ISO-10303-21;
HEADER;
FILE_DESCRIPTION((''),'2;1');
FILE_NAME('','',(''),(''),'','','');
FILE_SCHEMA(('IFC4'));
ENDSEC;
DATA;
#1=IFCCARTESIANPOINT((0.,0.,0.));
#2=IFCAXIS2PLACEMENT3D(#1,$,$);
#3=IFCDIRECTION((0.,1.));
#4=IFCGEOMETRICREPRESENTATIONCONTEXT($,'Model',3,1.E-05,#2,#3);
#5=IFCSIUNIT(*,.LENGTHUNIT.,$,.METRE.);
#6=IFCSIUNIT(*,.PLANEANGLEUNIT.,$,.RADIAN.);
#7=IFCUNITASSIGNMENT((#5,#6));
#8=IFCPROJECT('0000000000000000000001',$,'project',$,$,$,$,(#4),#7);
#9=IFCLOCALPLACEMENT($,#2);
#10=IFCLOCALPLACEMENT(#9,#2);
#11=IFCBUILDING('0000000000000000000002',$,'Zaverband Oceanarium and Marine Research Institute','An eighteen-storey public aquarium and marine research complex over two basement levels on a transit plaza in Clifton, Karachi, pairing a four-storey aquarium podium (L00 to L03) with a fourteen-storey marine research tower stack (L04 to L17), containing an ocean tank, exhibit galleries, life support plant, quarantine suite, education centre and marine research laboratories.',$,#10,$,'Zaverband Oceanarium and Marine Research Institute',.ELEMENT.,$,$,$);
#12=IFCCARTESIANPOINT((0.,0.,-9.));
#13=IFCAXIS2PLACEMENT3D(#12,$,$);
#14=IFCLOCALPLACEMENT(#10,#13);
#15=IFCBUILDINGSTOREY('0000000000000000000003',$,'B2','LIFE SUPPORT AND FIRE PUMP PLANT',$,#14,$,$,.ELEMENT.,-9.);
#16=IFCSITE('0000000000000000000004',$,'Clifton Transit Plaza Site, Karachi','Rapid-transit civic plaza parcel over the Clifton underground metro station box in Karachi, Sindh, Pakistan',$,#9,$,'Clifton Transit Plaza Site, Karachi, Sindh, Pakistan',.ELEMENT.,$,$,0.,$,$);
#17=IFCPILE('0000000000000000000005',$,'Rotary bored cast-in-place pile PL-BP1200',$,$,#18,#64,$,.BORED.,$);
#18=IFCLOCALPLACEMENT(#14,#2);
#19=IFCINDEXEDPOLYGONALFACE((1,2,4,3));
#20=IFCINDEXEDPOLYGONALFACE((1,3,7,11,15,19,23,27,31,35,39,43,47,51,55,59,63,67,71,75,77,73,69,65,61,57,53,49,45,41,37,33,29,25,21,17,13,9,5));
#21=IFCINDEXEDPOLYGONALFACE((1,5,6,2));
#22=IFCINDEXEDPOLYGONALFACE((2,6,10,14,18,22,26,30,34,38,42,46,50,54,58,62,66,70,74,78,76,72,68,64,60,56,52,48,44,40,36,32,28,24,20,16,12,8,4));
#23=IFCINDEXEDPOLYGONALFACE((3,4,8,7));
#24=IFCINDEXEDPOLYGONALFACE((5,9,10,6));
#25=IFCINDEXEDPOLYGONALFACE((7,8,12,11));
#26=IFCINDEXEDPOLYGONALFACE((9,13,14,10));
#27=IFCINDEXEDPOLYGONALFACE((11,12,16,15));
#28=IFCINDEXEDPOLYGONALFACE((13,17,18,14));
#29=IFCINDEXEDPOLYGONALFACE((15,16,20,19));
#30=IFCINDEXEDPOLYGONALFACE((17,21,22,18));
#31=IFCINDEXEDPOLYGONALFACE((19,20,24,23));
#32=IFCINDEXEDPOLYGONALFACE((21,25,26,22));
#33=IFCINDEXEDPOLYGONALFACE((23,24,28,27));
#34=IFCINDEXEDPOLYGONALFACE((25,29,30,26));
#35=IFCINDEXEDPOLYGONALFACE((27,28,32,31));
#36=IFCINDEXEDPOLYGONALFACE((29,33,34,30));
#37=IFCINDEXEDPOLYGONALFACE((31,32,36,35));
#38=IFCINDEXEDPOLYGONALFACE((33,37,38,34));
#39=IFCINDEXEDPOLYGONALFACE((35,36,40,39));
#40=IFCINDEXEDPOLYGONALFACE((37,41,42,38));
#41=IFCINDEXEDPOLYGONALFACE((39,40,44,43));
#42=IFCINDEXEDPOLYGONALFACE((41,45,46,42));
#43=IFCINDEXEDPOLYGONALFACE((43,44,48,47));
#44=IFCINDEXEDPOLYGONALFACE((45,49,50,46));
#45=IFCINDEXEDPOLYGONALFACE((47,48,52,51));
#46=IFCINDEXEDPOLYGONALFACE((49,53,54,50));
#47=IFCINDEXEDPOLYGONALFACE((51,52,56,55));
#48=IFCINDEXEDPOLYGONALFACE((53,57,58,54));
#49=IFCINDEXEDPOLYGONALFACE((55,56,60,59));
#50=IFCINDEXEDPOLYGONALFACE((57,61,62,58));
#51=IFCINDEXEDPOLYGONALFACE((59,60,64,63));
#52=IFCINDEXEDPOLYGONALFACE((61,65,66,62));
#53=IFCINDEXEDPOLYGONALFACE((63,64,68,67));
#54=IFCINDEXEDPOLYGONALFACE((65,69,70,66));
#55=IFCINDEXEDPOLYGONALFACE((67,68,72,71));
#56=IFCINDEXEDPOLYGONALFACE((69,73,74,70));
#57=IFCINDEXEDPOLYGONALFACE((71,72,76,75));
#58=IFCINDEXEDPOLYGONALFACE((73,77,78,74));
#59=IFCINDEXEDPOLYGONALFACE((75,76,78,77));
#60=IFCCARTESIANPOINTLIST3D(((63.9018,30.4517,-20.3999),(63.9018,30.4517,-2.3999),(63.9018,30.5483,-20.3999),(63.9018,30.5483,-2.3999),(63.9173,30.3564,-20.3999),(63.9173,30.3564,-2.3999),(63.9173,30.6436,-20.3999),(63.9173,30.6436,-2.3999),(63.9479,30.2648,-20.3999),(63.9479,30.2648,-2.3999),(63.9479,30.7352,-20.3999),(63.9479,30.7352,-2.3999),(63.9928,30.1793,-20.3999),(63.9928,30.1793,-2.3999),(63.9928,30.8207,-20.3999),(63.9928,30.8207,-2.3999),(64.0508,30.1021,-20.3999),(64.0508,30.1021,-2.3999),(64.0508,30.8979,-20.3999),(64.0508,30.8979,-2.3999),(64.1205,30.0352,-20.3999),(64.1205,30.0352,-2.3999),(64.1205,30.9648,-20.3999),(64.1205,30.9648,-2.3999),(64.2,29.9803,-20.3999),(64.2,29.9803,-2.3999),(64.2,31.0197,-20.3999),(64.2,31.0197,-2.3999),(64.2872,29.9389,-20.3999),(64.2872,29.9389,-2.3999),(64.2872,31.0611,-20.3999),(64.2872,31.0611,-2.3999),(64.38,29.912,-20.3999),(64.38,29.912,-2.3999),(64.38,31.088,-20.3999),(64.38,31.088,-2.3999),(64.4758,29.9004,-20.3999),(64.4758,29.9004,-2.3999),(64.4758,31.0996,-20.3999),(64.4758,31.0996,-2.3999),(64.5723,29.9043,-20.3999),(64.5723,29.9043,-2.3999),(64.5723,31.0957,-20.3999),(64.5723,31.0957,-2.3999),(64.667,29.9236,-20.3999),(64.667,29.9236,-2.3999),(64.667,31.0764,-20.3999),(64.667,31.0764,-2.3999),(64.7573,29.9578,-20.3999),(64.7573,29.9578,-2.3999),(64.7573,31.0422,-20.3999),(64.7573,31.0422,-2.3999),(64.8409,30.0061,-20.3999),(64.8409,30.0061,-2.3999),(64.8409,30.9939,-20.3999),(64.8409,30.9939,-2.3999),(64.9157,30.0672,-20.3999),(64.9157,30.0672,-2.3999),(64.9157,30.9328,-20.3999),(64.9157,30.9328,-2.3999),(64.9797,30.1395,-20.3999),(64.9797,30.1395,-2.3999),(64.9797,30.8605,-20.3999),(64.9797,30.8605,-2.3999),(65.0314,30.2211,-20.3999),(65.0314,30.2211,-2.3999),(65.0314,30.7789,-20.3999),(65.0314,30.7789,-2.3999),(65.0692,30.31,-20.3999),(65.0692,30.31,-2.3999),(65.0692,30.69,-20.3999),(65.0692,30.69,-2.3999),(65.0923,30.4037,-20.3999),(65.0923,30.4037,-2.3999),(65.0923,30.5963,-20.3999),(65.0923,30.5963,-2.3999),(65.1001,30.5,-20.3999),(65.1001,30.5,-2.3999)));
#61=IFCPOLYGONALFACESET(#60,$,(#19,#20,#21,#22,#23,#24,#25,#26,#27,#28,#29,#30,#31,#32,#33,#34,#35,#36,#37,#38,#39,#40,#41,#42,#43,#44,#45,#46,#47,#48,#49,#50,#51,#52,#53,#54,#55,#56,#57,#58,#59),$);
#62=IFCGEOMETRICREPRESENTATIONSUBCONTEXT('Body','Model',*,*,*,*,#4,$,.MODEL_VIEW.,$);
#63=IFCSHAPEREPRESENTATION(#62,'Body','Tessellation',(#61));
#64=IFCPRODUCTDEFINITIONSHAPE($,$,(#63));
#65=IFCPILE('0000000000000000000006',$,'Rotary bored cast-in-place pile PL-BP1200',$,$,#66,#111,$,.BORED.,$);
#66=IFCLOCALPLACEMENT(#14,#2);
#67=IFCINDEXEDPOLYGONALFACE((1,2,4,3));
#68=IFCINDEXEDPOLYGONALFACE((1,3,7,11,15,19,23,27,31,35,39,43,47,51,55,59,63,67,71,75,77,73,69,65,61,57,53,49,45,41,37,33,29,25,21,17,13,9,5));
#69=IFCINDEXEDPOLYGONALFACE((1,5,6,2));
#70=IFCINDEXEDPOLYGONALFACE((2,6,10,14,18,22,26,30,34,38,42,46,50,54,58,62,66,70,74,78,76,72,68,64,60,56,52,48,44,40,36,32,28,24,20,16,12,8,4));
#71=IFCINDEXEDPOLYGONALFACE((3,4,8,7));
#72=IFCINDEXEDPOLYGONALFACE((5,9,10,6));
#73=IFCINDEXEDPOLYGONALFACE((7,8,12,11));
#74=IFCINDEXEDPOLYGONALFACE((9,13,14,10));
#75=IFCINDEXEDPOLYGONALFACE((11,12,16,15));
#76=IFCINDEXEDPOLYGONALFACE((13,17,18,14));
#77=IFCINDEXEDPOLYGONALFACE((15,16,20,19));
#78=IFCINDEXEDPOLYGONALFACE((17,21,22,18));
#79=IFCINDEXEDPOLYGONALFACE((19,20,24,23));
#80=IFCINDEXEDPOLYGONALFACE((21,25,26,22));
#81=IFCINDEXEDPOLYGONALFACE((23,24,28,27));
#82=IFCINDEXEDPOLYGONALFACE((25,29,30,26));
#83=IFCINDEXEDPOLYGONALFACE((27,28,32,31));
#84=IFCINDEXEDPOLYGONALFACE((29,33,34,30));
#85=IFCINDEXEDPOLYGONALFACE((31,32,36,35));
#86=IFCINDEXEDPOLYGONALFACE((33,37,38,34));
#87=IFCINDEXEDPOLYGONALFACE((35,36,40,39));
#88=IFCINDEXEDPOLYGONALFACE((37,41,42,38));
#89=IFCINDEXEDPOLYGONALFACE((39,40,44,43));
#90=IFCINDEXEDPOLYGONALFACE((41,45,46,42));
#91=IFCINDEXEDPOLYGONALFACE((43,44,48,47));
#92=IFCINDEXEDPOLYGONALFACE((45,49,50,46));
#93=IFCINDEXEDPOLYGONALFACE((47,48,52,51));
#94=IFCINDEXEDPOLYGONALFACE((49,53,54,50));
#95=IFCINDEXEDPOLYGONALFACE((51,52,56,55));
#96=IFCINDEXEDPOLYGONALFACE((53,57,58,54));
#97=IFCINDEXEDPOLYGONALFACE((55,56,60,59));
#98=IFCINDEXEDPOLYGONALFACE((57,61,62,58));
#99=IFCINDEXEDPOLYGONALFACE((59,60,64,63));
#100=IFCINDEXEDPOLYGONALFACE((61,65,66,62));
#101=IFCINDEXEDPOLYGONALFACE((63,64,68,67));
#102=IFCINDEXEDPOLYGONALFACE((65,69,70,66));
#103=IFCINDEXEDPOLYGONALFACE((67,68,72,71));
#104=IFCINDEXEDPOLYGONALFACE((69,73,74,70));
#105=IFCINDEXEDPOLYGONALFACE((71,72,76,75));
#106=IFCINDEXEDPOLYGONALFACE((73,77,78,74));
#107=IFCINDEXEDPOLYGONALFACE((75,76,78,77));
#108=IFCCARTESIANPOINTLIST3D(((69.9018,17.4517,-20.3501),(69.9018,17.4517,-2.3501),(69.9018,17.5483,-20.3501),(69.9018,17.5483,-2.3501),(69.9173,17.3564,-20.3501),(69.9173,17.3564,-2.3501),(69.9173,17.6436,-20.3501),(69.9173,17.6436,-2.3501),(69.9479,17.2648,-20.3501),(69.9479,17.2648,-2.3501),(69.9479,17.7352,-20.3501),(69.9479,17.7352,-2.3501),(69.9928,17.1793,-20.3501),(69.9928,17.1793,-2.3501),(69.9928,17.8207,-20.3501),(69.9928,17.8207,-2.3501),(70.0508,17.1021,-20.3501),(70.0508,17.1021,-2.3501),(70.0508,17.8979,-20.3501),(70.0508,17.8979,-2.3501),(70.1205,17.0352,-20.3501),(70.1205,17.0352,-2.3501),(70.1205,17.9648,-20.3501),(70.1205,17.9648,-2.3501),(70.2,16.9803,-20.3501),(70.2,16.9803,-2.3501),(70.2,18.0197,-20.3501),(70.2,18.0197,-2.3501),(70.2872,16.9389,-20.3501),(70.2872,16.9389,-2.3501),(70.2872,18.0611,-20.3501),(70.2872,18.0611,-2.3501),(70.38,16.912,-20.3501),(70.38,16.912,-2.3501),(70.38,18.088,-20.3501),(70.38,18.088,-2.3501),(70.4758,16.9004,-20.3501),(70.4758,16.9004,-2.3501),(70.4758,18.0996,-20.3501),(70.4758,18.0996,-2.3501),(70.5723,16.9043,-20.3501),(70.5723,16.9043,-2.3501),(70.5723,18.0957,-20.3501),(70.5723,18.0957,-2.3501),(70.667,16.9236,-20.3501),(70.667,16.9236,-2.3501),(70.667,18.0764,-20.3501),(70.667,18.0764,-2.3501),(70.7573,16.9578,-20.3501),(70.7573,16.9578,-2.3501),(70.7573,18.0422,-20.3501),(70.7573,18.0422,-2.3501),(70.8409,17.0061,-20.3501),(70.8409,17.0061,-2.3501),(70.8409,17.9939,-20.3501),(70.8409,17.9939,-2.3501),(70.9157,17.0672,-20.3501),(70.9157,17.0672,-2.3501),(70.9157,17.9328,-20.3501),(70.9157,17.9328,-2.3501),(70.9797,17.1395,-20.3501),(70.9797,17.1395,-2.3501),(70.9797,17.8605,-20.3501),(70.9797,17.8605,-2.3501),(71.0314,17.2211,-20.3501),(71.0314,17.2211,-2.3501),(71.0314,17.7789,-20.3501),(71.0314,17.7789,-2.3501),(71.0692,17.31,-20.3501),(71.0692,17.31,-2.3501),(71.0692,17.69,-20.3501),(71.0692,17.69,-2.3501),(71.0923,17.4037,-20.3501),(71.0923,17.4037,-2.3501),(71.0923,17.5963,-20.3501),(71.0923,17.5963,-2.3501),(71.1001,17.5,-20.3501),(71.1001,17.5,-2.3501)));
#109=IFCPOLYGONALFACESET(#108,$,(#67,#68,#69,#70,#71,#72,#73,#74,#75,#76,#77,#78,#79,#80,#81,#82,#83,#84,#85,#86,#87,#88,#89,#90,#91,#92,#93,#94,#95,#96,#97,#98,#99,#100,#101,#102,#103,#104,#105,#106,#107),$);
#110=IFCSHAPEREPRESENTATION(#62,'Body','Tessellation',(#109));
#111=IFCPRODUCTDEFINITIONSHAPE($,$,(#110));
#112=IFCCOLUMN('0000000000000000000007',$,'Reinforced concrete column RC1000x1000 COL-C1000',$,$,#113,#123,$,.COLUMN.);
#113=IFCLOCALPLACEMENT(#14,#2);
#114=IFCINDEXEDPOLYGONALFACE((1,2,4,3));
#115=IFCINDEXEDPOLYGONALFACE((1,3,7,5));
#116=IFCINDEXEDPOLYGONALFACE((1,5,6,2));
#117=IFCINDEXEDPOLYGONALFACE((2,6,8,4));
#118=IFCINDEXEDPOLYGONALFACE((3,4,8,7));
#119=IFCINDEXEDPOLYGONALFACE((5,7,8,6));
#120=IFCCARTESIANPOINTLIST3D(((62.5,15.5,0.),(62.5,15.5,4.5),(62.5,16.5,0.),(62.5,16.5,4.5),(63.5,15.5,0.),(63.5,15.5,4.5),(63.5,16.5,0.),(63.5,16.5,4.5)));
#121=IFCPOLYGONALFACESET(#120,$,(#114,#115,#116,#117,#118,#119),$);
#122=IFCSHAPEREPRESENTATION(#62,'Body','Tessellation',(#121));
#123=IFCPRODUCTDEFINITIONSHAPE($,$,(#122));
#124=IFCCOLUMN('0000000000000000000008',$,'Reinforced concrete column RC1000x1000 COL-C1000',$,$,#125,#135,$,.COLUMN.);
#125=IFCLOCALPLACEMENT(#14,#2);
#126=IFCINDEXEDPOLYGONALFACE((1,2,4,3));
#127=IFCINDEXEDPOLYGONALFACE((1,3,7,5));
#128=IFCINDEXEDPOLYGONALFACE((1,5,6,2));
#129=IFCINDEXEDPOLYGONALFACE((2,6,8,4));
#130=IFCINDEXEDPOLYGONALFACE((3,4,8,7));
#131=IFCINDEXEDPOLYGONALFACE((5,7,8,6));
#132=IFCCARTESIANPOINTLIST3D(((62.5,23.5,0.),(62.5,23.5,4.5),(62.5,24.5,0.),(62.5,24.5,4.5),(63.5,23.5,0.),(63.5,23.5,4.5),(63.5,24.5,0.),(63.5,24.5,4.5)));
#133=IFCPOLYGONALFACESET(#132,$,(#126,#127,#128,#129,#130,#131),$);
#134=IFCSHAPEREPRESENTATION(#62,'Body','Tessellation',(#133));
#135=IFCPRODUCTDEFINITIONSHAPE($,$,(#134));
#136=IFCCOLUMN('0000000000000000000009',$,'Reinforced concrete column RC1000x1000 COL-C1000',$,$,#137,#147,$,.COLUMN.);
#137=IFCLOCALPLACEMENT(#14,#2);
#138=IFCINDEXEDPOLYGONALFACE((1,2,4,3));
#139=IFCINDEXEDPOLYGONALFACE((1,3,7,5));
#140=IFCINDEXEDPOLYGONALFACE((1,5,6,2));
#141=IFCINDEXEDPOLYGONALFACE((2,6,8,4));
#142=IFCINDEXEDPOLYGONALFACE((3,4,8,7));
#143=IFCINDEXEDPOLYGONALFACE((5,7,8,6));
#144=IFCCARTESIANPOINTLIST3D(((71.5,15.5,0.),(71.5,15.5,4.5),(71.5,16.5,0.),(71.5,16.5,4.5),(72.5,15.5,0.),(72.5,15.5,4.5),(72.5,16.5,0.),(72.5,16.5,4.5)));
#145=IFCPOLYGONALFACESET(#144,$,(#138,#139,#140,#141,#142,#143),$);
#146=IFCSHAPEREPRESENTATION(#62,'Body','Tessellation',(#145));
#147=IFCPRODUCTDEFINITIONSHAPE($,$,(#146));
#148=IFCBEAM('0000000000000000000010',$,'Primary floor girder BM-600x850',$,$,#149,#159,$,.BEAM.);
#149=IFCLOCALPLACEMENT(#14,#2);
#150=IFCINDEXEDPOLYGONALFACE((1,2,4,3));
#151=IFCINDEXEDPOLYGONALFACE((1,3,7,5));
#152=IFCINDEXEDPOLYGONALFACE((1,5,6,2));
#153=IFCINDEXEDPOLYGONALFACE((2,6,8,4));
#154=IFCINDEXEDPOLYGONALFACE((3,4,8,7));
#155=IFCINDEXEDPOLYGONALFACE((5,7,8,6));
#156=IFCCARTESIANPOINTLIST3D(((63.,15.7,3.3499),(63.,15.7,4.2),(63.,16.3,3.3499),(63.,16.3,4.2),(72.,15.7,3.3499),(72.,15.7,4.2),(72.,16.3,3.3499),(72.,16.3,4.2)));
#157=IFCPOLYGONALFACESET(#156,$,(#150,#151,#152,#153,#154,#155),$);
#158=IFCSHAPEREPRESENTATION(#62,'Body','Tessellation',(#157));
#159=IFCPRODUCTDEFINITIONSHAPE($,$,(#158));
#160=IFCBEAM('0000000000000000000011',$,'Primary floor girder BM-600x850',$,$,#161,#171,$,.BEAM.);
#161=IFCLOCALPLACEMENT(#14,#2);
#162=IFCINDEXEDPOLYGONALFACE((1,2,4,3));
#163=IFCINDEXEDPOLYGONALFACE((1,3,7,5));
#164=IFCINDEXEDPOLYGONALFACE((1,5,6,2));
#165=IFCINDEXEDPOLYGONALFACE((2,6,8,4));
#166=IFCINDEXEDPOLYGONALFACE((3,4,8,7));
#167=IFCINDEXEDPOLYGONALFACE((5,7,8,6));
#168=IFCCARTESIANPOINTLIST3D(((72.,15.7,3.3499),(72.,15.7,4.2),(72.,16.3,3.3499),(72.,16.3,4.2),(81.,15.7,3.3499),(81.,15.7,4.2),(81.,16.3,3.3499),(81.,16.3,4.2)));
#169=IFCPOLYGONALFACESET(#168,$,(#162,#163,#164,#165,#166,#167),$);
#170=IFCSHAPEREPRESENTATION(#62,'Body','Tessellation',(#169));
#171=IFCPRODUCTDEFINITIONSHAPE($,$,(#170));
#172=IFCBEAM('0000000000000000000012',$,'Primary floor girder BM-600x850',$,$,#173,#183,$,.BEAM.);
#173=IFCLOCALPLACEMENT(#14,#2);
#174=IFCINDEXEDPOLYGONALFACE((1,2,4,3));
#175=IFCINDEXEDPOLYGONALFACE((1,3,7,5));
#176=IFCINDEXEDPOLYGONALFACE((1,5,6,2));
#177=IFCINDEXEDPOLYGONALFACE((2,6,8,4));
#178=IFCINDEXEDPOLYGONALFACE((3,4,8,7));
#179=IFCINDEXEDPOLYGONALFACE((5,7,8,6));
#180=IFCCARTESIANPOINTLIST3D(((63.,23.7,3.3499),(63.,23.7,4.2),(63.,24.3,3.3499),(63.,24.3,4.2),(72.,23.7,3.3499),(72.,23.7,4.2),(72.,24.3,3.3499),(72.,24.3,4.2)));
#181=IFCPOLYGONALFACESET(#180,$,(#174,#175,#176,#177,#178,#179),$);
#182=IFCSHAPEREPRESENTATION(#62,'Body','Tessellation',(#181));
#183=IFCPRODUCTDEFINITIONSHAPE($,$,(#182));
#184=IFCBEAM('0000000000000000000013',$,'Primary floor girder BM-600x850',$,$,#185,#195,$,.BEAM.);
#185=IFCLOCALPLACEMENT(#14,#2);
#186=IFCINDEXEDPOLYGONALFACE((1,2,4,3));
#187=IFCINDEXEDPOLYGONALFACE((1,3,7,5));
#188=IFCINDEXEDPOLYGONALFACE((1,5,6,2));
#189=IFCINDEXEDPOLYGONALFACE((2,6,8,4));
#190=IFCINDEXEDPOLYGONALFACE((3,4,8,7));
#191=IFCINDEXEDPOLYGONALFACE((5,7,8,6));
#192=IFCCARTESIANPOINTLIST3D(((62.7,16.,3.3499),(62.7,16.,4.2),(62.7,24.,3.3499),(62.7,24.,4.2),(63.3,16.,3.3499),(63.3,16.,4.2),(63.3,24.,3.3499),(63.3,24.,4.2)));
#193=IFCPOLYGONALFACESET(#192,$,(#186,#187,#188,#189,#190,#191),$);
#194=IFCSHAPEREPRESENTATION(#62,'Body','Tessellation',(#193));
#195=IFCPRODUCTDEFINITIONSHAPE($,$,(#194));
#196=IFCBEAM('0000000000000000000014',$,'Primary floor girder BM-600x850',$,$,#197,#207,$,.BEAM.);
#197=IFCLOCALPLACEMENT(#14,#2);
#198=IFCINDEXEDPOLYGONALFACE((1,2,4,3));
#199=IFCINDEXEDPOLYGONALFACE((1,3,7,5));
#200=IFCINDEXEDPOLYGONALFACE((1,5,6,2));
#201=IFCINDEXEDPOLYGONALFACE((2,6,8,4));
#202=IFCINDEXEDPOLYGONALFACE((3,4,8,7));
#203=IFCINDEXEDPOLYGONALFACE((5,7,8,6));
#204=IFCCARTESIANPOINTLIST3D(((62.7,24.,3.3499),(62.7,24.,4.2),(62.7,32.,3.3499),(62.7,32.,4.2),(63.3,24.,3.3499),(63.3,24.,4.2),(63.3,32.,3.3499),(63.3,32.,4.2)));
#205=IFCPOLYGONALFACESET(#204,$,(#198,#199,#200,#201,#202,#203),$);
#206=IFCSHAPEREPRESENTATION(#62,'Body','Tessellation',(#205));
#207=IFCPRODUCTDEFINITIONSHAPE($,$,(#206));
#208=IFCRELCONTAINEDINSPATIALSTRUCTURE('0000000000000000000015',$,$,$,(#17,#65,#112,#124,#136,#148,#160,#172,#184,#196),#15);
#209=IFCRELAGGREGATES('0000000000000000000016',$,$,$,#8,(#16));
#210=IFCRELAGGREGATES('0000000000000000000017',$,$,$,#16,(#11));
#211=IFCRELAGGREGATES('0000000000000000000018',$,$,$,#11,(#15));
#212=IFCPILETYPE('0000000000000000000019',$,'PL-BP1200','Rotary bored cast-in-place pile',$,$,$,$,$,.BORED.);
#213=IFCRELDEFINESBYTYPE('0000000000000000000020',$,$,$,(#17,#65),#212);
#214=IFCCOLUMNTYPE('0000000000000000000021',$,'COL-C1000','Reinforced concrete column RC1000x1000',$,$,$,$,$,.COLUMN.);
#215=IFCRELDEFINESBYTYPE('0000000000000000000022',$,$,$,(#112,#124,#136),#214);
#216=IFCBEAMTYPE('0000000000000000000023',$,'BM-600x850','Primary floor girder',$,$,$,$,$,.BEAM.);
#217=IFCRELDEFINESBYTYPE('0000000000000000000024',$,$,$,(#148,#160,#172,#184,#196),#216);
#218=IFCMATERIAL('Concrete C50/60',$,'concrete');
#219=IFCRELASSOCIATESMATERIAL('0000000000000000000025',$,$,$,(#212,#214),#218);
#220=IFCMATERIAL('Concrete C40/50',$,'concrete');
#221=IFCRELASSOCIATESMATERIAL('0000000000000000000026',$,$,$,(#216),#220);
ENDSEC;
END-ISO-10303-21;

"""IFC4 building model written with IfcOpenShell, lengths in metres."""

from ifc_helpers import new_model, si_unit, direction, frame, origin, origin_2d, place, context, subcontext, project, spatial, rectangle, circle, extrude, material, material_profile, profile_set, type_object, element, save


model = new_model("IFC4")

# Units and contexts
model_context = context("Model", 3, precision=1e-05, world=origin(), true_north=direction((0.0, 1.0)))
body_context = subcontext(model_context, "Body", "Model", "MODEL_VIEW")
ifc_project = project(units=[si_unit("LENGTHUNIT", "METRE"), si_unit("PLANEANGLEUNIT", "RADIAN")], contexts=[model_context])

# Site, building, storey
site_placement = place(None, origin())
site = spatial("IfcSite", under=ifc_project, at=site_placement, Name="Clifton Transit Plaza Site, Karachi", Description="Rapid-transit civic plaza parcel over the Clifton underground metro station box in Karachi, Sindh, Pakistan", LongName="Clifton Transit Plaza Site, Karachi, Sindh, Pakistan", CompositionType="ELEMENT", RefElevation=0.0)
building_placement = place(site_placement, origin())
building = spatial("IfcBuilding", under=site, at=building_placement, Name="Zaverband Oceanarium and Marine Research Institute", Description="An eighteen-storey public aquarium and marine research complex over two basement levels on a transit plaza in Clifton, Karachi, pairing a four-storey aquarium podium (L00 to L03) with a fourteen-storey marine research tower stack (L04 to L17), containing an ocean tank, exhibit galleries, life support plant, quarantine suite, education centre and marine research laboratories.", LongName="Zaverband Oceanarium and Marine Research Institute", CompositionType="ELEMENT")
storey_placement = place(building_placement, frame((0.0, 0.0, -9.0)))
storey = spatial("IfcBuildingStorey", under=building, at=storey_placement, Name="B2", Description="LIFE SUPPORT AND FIRE PUMP PLANT", CompositionType="ELEMENT", Elevation=-9.0)

# Shared definitions
ifc_material_1 = material(Name="Concrete C50/60", Category="concrete")

# Piles
ifc_material_profile_1 = material_profile(ifc_material_1, circle(Radius=0.6001, at=origin_2d()), Name="BP1200")
ifc_profile_set_1 = profile_set([ifc_material_profile_1], Name="Concrete C50/60")
pile_type = type_object("IfcPileType", Name="PL-BP1200", Description="Rotary bored cast-in-place pile", PredefinedType="BORED", material=ifc_profile_set_1)
for number, where, z_axis, x_axis, name in (
    (1, (64.5, 30.5, -2.3999), (0.0, 0.0, -1.0), (1.0, 0.0, 0.0), "Rotary bored cast-in-place pile PL-BP1200"),
    (2, (70.5, 17.5, -2.3501), (0.0, 0.0, -1.0), (1.0, 0.0, 0.0), "Rotary bored cast-in-place pile PL-BP1200"),
):
    element("IfcPile", number, at=place(storey_placement, frame(where, z_axis=z_axis, x_axis=x_axis)), inside=storey, type_object=pile_type, Name=name, PredefinedType="BORED", context=body_context, shape_type="SweptSolid", body=[
        extrude(circle(Radius=0.6001, at=origin_2d()), origin(), (0.0, 0.0, 1.0), 18.0),
    ])

# Columns
ifc_material_profile_2 = material_profile(ifc_material_1, rectangle(XDim=1.0, YDim=1.0, at=origin_2d()), Name="RC1000x1000")
ifc_profile_set_2 = profile_set([ifc_material_profile_2], Name="Concrete C50/60")
column_type = type_object("IfcColumnType", Name="COL-C1000", Description="Reinforced concrete column RC1000x1000", PredefinedType="COLUMN", material=ifc_profile_set_2)
for number, where, z_axis, x_axis, name in (
    (3, (63.0, 16.0, 0.0), (0.0, 0.0, 1.0), (1.0, 0.0, 0.0), "Reinforced concrete column RC1000x1000 COL-C1000"),
    (4, (63.0, 24.0, 0.0), (0.0, 0.0, 1.0), (1.0, 0.0, 0.0), "Reinforced concrete column RC1000x1000 COL-C1000"),
    (5, (72.0, 16.0, 0.0), (0.0, 0.0, 1.0), (1.0, 0.0, 0.0), "Reinforced concrete column RC1000x1000 COL-C1000"),
):
    element("IfcColumn", number, at=place(storey_placement, frame(where, z_axis=z_axis, x_axis=x_axis)), inside=storey, type_object=column_type, Name=name, PredefinedType="COLUMN", context=body_context, shape_type="SweptSolid", body=[
        extrude(rectangle(XDim=1.0, YDim=1.0, at=origin_2d()), origin(), (0.0, 0.0, 1.0), 4.5),
    ])

# Beams
ifc_material_2 = material(Name="Concrete C40/50", Category="concrete")
ifc_material_profile_3 = material_profile(ifc_material_2, rectangle(XDim=0.6001, YDim=0.8501, at=origin_2d()), Name="RC600x850")
ifc_profile_set_3 = profile_set([ifc_material_profile_3], Name="Concrete C40/50")
beam_type_1 = type_object("IfcBeamType", Name="BM-600x850", Description="Primary floor girder", PredefinedType="BEAM", material=ifc_profile_set_3)
for number, where, z_axis, x_axis, name in (
    (6, (63.0, 16.0, 3.7749), (1.0, 0.0, 0.0), (0.0, 1.0, 0.0), "Primary floor girder BM-600x850"),
    (7, (72.0, 16.0, 3.7749), (1.0, 0.0, 0.0), (0.0, 1.0, 0.0), "Primary floor girder BM-600x850"),
    (8, (63.0, 24.0, 3.7749), (1.0, 0.0, 0.0), (0.0, 1.0, 0.0), "Primary floor girder BM-600x850"),
):
    element("IfcBeam", number, at=place(storey_placement, frame(where, z_axis=z_axis, x_axis=x_axis)), inside=storey, type_object=beam_type_1, Name=name, PredefinedType="BEAM", context=body_context, shape_type="SweptSolid", body=[
        extrude(rectangle(XDim=0.6001, YDim=0.8501, at=origin_2d()), origin(), (0.0, 0.0, 1.0), 9.0),
    ])
for number, where, z_axis, x_axis, name in (
    (9, (63.0, 16.0, 3.7749), (0.0, 1.0, 0.0), (-1.0, 0.0, 0.0), "Primary floor girder BM-600x850"),
    (10, (63.0, 24.0, 3.7749), (0.0, 1.0, 0.0), (-1.0, 0.0, 0.0), "Primary floor girder BM-600x850"),
):
    element("IfcBeam", number, at=place(storey_placement, frame(where, z_axis=z_axis, x_axis=x_axis)), inside=storey, type_object=beam_type_1, Name=name, PredefinedType="BEAM", context=body_context, shape_type="SweptSolid", body=[
        extrude(rectangle(XDim=0.6001, YDim=0.8501, at=origin_2d()), origin(), (0.0, 0.0, 1.0), 8.0),
    ])

save(model, "model.ifc")
